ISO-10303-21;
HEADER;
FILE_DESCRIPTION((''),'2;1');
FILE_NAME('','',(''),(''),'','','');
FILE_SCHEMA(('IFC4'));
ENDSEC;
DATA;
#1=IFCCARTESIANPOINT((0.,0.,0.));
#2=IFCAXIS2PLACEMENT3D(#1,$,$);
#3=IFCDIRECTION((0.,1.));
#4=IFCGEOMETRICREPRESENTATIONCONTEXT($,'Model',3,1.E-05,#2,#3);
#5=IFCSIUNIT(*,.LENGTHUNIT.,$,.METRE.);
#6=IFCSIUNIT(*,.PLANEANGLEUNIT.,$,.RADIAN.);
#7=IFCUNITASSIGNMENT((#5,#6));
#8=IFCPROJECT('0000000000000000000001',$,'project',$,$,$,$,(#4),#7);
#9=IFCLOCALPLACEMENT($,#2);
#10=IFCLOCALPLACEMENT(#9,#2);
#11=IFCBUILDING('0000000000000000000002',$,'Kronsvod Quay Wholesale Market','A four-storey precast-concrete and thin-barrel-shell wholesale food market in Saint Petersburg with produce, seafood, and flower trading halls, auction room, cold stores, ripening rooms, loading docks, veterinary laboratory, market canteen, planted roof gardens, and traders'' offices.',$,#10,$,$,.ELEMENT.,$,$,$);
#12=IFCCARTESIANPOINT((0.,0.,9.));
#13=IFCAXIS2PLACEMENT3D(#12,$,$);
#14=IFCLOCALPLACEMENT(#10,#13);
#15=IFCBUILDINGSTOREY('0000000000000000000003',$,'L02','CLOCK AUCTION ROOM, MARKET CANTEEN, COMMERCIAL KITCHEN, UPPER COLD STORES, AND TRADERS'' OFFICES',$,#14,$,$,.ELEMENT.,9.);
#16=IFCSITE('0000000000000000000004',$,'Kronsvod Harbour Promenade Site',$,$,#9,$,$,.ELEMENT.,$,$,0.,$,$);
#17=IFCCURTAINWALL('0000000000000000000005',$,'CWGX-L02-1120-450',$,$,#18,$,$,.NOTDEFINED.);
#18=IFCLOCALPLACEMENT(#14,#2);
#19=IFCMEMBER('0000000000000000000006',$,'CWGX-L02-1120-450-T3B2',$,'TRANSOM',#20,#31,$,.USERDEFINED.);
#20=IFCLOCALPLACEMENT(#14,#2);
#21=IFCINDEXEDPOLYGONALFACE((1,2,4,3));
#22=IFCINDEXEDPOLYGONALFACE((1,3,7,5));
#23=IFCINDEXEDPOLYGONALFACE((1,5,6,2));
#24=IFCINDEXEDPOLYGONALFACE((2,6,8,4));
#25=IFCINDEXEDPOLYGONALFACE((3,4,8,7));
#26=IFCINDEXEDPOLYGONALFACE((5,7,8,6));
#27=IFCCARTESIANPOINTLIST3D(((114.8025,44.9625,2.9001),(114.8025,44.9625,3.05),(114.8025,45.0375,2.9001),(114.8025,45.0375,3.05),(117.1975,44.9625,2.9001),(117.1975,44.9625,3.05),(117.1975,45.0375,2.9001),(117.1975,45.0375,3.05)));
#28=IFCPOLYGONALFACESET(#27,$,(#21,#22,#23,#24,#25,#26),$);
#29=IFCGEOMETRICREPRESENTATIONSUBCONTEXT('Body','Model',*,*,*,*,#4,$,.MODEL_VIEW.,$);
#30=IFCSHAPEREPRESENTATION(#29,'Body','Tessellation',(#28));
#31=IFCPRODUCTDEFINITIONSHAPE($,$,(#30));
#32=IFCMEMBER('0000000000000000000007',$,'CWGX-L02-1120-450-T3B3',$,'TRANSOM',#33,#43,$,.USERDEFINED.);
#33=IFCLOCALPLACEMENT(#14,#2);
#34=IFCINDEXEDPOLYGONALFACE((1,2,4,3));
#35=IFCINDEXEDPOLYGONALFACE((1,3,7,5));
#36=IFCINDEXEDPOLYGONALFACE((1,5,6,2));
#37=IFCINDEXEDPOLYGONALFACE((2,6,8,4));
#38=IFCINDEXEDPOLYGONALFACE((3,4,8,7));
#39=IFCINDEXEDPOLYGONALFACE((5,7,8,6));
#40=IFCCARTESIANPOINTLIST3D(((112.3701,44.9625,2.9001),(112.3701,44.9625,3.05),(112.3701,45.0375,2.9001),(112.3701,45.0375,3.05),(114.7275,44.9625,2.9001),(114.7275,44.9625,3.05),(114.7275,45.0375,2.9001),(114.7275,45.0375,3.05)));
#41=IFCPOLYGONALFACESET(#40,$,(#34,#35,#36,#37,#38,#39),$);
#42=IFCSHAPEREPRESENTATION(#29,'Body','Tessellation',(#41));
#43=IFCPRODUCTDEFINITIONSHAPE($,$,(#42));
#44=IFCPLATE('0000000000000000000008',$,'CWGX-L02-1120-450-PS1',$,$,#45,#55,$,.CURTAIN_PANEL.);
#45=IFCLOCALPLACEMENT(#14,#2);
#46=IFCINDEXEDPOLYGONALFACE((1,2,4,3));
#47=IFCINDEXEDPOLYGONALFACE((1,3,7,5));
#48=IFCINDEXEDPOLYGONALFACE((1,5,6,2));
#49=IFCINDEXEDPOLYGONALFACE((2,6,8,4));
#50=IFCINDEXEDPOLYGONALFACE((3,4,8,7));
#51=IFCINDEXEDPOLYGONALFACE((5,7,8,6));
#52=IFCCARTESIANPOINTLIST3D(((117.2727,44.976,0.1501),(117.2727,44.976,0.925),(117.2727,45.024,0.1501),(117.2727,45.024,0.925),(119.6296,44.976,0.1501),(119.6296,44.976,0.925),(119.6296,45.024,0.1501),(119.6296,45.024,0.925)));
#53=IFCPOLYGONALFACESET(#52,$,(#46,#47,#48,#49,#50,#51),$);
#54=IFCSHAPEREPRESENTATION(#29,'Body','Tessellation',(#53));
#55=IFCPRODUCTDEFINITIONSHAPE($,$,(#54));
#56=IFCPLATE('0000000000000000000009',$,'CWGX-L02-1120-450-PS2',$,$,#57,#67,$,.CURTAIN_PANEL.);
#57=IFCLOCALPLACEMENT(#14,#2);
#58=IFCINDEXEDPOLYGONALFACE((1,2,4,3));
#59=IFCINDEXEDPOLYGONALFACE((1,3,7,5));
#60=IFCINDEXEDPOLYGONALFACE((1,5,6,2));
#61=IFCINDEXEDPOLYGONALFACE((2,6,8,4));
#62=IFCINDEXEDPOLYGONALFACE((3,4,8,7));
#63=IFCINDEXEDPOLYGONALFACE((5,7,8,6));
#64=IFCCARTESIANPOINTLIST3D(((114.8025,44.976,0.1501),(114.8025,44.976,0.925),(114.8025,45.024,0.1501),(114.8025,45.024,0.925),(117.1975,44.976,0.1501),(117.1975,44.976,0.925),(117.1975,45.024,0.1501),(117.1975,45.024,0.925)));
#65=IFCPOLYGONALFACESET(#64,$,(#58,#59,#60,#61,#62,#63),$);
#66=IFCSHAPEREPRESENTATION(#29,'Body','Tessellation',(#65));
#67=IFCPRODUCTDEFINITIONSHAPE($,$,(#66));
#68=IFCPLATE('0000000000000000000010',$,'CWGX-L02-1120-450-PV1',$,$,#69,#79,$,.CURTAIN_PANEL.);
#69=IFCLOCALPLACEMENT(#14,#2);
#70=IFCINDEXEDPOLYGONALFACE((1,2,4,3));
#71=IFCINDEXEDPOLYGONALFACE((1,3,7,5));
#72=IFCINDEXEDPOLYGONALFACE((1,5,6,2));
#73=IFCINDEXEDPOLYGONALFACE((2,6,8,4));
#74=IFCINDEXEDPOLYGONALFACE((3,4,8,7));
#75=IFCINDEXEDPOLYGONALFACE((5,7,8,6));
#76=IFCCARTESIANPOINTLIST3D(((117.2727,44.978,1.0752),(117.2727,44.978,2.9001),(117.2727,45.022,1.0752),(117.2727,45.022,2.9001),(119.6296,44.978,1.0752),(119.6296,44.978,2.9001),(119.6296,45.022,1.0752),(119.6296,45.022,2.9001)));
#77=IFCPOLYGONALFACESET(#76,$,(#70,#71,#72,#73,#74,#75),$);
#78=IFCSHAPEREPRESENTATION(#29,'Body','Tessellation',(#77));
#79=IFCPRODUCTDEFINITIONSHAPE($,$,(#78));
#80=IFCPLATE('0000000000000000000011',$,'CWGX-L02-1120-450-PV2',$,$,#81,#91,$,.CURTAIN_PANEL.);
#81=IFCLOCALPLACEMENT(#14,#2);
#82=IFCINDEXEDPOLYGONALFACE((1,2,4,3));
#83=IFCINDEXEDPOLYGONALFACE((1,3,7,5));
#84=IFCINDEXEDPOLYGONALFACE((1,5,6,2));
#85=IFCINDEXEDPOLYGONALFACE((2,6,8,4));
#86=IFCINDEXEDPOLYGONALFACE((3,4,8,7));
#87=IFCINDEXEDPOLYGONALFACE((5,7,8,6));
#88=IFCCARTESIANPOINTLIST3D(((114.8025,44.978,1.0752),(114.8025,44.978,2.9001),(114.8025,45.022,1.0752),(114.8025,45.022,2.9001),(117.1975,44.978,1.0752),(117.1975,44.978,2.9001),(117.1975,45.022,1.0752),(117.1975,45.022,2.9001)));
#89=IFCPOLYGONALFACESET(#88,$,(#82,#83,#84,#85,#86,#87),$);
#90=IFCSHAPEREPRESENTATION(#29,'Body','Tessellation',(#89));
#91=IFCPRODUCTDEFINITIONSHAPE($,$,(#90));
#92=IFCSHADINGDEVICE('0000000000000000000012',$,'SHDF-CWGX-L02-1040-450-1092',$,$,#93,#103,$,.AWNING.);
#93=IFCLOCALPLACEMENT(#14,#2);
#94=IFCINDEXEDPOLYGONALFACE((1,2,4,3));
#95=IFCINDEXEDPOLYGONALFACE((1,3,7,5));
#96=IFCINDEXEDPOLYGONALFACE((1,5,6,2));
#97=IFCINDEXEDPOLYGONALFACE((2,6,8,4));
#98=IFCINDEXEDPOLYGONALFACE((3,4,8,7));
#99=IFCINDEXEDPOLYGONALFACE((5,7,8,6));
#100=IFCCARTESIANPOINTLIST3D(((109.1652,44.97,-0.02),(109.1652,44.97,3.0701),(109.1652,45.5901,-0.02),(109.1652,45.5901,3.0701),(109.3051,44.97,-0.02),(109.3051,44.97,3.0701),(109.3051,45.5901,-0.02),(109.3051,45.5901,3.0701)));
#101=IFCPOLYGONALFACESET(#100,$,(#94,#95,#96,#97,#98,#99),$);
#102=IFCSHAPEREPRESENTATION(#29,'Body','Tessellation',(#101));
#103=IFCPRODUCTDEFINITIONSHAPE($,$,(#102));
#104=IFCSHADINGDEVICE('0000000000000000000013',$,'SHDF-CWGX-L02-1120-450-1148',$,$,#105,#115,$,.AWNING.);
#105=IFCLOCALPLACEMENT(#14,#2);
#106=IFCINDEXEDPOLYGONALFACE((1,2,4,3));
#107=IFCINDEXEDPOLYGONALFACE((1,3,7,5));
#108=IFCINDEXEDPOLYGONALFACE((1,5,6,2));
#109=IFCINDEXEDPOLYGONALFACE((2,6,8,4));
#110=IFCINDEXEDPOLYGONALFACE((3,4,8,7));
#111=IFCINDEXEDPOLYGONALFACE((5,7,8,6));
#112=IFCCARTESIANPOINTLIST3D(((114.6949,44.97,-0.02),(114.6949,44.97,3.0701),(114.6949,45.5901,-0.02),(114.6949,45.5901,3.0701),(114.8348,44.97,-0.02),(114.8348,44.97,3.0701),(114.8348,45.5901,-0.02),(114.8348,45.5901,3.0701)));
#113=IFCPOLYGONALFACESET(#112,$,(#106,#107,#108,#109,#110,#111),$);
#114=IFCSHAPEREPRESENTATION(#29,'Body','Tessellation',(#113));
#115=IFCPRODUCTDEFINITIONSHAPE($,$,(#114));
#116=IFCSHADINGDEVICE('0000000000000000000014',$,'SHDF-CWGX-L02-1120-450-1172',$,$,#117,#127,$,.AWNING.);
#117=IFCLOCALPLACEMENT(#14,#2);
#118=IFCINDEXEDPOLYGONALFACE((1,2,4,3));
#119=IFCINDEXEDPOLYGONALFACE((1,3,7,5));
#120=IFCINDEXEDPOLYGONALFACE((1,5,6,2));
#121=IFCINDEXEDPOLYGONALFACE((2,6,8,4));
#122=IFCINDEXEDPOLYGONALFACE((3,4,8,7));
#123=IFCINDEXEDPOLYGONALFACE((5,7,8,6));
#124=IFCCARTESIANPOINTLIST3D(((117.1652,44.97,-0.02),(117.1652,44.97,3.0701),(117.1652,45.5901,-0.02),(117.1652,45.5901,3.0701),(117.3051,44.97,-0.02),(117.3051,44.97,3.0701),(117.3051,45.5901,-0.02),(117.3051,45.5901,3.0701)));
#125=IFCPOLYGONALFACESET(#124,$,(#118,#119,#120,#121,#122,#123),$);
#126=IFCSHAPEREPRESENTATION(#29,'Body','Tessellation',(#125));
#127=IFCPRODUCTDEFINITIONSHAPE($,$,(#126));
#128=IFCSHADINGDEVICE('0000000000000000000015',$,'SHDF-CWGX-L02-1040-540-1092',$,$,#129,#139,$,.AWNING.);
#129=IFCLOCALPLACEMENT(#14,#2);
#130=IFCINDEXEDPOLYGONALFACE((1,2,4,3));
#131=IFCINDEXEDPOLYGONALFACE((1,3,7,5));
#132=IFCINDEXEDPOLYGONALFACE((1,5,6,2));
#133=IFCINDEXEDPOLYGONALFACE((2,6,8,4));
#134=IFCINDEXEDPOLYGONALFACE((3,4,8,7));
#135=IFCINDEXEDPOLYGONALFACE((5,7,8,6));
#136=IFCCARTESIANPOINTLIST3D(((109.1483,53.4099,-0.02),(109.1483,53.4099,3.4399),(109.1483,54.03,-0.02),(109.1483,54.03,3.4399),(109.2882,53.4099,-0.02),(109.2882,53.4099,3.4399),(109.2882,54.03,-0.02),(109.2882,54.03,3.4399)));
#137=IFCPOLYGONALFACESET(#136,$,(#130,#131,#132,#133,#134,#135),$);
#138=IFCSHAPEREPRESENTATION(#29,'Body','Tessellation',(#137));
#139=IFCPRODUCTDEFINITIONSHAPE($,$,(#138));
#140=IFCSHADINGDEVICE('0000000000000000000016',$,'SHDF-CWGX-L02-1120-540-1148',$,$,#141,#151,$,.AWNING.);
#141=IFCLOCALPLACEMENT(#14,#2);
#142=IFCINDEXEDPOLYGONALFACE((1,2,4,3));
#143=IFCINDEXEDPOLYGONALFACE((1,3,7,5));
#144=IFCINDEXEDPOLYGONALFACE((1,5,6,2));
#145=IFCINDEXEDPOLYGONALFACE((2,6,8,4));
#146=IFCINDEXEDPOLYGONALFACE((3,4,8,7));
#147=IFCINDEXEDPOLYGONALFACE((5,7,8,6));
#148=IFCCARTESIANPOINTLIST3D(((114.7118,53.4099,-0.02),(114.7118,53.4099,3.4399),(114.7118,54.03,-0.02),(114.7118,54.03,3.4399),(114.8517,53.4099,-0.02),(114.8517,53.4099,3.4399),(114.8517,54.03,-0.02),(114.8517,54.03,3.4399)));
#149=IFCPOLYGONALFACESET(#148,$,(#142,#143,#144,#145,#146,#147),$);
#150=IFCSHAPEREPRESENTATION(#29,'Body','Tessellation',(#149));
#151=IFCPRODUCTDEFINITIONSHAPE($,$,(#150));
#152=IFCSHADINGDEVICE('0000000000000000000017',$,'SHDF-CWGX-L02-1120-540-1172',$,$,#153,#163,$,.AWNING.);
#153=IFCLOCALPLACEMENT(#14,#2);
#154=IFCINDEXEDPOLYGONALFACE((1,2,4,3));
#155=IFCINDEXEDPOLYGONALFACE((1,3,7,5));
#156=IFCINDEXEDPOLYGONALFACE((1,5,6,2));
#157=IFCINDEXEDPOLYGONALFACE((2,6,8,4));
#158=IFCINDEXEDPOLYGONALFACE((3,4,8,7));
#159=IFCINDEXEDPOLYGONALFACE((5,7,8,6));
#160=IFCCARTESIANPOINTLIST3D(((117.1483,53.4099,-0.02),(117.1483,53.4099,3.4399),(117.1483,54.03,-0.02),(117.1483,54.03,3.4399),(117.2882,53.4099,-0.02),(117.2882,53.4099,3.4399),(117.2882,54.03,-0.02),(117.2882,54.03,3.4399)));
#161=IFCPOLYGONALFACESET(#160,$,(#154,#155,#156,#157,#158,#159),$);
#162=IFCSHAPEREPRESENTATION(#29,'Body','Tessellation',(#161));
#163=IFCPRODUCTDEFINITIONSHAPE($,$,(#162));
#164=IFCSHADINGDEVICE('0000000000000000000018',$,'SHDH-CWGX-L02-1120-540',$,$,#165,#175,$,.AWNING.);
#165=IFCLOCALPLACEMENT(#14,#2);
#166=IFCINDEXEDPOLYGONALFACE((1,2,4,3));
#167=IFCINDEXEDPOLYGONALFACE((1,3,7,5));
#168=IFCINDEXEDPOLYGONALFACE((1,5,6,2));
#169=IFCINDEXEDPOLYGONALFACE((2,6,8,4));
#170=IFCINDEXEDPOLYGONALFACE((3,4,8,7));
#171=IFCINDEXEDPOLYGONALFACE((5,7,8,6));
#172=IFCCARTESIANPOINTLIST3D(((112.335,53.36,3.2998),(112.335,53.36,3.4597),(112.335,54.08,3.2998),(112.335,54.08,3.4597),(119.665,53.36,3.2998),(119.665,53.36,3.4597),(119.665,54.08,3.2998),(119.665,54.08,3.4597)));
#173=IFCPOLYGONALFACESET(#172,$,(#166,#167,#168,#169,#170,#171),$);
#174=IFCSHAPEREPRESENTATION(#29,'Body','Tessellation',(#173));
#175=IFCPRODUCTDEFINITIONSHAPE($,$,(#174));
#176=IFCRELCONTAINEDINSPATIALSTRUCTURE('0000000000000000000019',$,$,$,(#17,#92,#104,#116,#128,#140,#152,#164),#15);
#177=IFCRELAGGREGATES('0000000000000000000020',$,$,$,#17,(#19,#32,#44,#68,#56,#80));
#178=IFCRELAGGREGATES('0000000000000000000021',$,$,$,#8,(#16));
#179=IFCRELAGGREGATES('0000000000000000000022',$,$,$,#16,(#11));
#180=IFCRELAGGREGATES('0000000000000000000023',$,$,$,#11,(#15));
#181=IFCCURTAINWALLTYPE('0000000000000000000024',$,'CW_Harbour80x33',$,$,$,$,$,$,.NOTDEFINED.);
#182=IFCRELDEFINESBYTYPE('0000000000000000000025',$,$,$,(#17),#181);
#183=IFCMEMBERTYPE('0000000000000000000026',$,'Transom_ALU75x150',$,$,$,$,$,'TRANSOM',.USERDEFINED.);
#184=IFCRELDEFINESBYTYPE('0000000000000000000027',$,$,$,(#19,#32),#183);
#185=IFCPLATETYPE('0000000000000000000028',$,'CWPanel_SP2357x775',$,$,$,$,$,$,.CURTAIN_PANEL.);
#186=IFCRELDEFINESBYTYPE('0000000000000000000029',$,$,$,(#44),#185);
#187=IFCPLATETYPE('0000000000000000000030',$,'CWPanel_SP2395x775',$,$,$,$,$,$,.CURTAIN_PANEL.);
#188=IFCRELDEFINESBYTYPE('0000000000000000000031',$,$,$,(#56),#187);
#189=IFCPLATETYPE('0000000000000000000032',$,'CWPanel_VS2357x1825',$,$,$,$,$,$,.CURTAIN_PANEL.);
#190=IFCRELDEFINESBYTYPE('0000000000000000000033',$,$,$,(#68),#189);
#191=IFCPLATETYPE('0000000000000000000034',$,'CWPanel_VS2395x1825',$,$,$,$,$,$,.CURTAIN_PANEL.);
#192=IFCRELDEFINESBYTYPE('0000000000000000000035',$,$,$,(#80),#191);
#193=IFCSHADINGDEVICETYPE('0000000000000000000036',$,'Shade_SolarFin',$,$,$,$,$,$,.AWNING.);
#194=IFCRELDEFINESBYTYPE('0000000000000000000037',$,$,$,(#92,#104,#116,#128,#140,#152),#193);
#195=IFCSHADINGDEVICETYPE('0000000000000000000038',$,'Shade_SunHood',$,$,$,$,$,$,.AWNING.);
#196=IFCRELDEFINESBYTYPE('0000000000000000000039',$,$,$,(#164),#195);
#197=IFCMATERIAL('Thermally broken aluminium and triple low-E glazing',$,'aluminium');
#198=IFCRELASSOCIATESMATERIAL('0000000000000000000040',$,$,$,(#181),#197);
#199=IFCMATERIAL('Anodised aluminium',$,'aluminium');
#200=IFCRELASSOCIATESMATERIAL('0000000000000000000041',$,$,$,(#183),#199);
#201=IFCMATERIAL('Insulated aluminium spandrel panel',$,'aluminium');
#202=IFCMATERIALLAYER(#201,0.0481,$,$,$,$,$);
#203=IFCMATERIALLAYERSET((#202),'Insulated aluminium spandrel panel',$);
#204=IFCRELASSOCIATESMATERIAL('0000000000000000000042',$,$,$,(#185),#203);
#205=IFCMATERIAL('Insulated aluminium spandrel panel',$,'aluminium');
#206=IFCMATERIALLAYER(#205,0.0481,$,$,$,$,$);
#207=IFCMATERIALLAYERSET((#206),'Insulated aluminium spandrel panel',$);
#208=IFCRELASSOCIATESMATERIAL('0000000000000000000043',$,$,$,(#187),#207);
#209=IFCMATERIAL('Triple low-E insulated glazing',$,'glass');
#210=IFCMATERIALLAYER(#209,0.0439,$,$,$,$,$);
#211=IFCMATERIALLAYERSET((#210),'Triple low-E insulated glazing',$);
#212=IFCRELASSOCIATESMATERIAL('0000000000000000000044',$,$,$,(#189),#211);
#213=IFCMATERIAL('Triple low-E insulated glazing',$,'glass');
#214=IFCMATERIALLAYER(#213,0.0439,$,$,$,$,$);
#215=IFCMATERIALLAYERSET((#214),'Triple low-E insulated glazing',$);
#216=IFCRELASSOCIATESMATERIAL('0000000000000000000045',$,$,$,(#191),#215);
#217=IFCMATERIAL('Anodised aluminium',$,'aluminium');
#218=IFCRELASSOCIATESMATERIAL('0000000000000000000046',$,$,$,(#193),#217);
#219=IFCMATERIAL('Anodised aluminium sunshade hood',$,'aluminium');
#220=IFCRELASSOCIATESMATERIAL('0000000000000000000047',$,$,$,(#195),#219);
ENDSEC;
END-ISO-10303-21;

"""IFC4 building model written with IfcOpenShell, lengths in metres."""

from ifc_helpers import new_model, si_unit, direction, frame, origin, origin_2d, place, context, subcontext, project, spatial, rectangle, extrude, material, layer, layer_set, material_profile, profile_set, type_object, element, aggregate, save


model = new_model("IFC4")

# Units and contexts
model_context = context("Model", 3, precision=1e-05, world=origin(), true_north=direction((0.0, 1.0)))
body_context = subcontext(model_context, "Body", "Model", "MODEL_VIEW")
ifc_project = project(units=[si_unit("LENGTHUNIT", "METRE"), si_unit("PLANEANGLEUNIT", "RADIAN")], contexts=[model_context])

# Site, building, storey
site_placement = place(None, origin())
site = spatial("IfcSite", under=ifc_project, at=site_placement, Name="Kronsvod Harbour Promenade Site", CompositionType="ELEMENT", RefElevation=0.0)
building_placement = place(site_placement, origin())
building = spatial("IfcBuilding", under=site, at=building_placement, Name="Kronsvod Quay Wholesale Market", Description="A four-storey precast-concrete and thin-barrel-shell wholesale food market in Saint Petersburg with produce, seafood, and flower trading halls, auction room, cold stores, ripening rooms, loading docks, veterinary laboratory, market canteen, planted roof gardens, and traders' offices.", CompositionType="ELEMENT")
storey_placement = place(building_placement, frame((0.0, 0.0, 9.0)))
storey = spatial("IfcBuildingStorey", under=building, at=storey_placement, Name="L02", Description="CLOCK AUCTION ROOM, MARKET CANTEEN, COMMERCIAL KITCHEN, UPPER COLD STORES, AND TRADERS' OFFICES", CompositionType="ELEMENT", Elevation=9.0)

# Curtain wall, members, plates
ifc_material_1 = material(Name="Thermally broken aluminium and triple low-E glazing", Category="aluminium")
curtain_wall_type = type_object("IfcCurtainWallType", Name="CW_Harbour80x33", PredefinedType="NOTDEFINED", material=ifc_material_1)
curtain_wall_placement = place(storey_placement, origin())
curtain_wall = element("IfcCurtainWall", 1, at=curtain_wall_placement, inside=storey, type_object=curtain_wall_type, Name="CWGX-L02-1120-450", PredefinedType="NOTDEFINED")
ifc_material_2 = material(Name="Anodised aluminium", Category="aluminium")
ifc_material_profile_1 = material_profile(ifc_material_2, rectangle(XDim=0.075, YDim=0.1499, at=origin_2d()), Name="ALUT75x150")
ifc_profile_set_1 = profile_set([ifc_material_profile_1], Name="Anodised aluminium")
member_type_1 = type_object("IfcMemberType", Name="Transom_ALU75x150", ElementType="TRANSOM", PredefinedType="USERDEFINED", material=ifc_profile_set_1)
member_1_placement = place(storey_placement, frame((117.1975, 45.0, 2.9751), z_axis=(-1.0, 0.0, 0.0), x_axis=(0.0, -1.0, 0.0)))
member_1 = element("IfcMember", 2, at=member_1_placement, type_object=member_type_1, Name="CWGX-L02-1120-450-T3B2", ObjectType="TRANSOM", PredefinedType="USERDEFINED", context=body_context, shape_type="SweptSolid", body=[
    extrude(rectangle(XDim=0.075, YDim=0.1499, at=origin_2d()), origin(), (0.0, 0.0, 1.0), 2.395),
])
member_2_placement = place(storey_placement, frame((114.7275, 45.0, 2.9751), z_axis=(-1.0, 0.0, 0.0), x_axis=(0.0, -1.0, 0.0)))
member_2 = element("IfcMember", 3, at=member_2_placement, type_object=member_type_1, Name="CWGX-L02-1120-450-T3B3", ObjectType="TRANSOM", PredefinedType="USERDEFINED", context=body_context, shape_type="SweptSolid", body=[
    extrude(rectangle(XDim=0.075, YDim=0.1499, at=origin_2d()), origin(), (0.0, 0.0, 1.0), 2.3574),
])
ifc_material_3 = material(Name="Insulated aluminium spandrel panel", Category="aluminium")
ifc_layer_1 = layer(ifc_material_3, 0.0481)
ifc_layer_set_1 = layer_set([ifc_layer_1], Name="Insulated aluminium spandrel panel")
plate_type_1 = type_object("IfcPlateType", Name="CWPanel_SP2357x775", PredefinedType="CURTAIN_PANEL", material=ifc_layer_set_1)
plate_1_placement = place(storey_placement, frame((118.4512, 45.0, 0.1501), z_axis=(0.0, 0.0, 1.0), x_axis=(-1.0, 0.0, 0.0)))
plate_1 = element("IfcPlate", 4, at=plate_1_placement, type_object=plate_type_1, Name="CWGX-L02-1120-450-PS1", PredefinedType="CURTAIN_PANEL", context=body_context, shape_type="SweptSolid", body=[
    extrude(rectangle(XDim=2.3569, YDim=0.0481, at=origin_2d()), origin(), (0.0, 0.0, 1.0), 0.7749),
])
ifc_material_4 = material(Name="Insulated aluminium spandrel panel", Category="aluminium")
ifc_layer_2 = layer(ifc_material_4, 0.0481)
ifc_layer_set_2 = layer_set([ifc_layer_2], Name="Insulated aluminium spandrel panel")
plate_type_2 = type_object("IfcPlateType", Name="CWPanel_SP2395x775", PredefinedType="CURTAIN_PANEL", material=ifc_layer_set_2)
plate_2_placement = place(storey_placement, frame((116.0, 45.0, 0.1501), z_axis=(0.0, 0.0, 1.0), x_axis=(-1.0, 0.0, 0.0)))
plate_2 = element("IfcPlate", 5, at=plate_2_placement, type_object=plate_type_2, Name="CWGX-L02-1120-450-PS2", PredefinedType="CURTAIN_PANEL", context=body_context, shape_type="SweptSolid", body=[
    extrude(rectangle(XDim=2.395, YDim=0.0481, at=origin_2d()), origin(), (0.0, 0.0, 1.0), 0.7749),
])
ifc_material_5 = material(Name="Triple low-E insulated glazing", Category="glass")
ifc_layer_3 = layer(ifc_material_5, 0.0439)
ifc_layer_set_3 = layer_set([ifc_layer_3], Name="Triple low-E insulated glazing")
plate_type_3 = type_object("IfcPlateType", Name="CWPanel_VS2357x1825", PredefinedType="CURTAIN_PANEL", material=ifc_layer_set_3)
plate_3_placement = place(storey_placement, frame((118.4512, 45.0, 1.0752), z_axis=(0.0, 0.0, 1.0), x_axis=(-1.0, 0.0, 0.0)))
plate_3 = element("IfcPlate", 6, at=plate_3_placement, type_object=plate_type_3, Name="CWGX-L02-1120-450-PV1", PredefinedType="CURTAIN_PANEL", context=body_context, shape_type="SweptSolid", body=[
    extrude(rectangle(XDim=2.3569, YDim=0.0439, at=origin_2d()), origin(), (0.0, 0.0, 1.0), 1.825),
])
ifc_material_6 = material(Name="Triple low-E insulated glazing", Category="glass")
ifc_layer_4 = layer(ifc_material_6, 0.0439)
ifc_layer_set_4 = layer_set([ifc_layer_4], Name="Triple low-E insulated glazing")
plate_type_4 = type_object("IfcPlateType", Name="CWPanel_VS2395x1825", PredefinedType="CURTAIN_PANEL", material=ifc_layer_set_4)
plate_4_placement = place(storey_placement, frame((116.0, 45.0, 1.0752), z_axis=(0.0, 0.0, 1.0), x_axis=(-1.0, 0.0, 0.0)))
plate_4 = element("IfcPlate", 7, at=plate_4_placement, type_object=plate_type_4, Name="CWGX-L02-1120-450-PV2", PredefinedType="CURTAIN_PANEL", context=body_context, shape_type="SweptSolid", body=[
    extrude(rectangle(XDim=2.395, YDim=0.0439, at=origin_2d()), origin(), (0.0, 0.0, 1.0), 1.825),
])
aggregate(curtain_wall, [member_1, member_2, plate_1, plate_3, plate_2, plate_4])

# Shading devices
ifc_material_7 = material(Name="Anodised aluminium", Category="aluminium")
shading_device_type_1 = type_object("IfcShadingDeviceType", Name="Shade_SolarFin", PredefinedType="AWNING", material=ifc_material_7)
for number, where, z_axis, x_axis, name in (
    (8, (109.2351, 45.28, -0.02), (0.0, 0.0, 1.0), (1.0, 0.0, 0.0), "SHDF-CWGX-L02-1040-450-1092"),
    (9, (114.7649, 45.28, -0.02), (0.0, 0.0, 1.0), (1.0, 0.0, 0.0), "SHDF-CWGX-L02-1120-450-1148"),
    (10, (117.2351, 45.28, -0.02), (0.0, 0.0, 1.0), (1.0, 0.0, 0.0), "SHDF-CWGX-L02-1120-450-1172"),
):
    element("IfcShadingDevice", number, at=place(storey_placement, frame(where, z_axis=z_axis, x_axis=x_axis)), inside=storey, type_object=shading_device_type_1, Name=name, PredefinedType="AWNING", context=body_context, shape_type="SweptSolid", body=[
        extrude(rectangle(XDim=0.1399, YDim=0.6201, at=origin_2d()), origin(), (0.0, 0.0, 1.0), 3.0901),
    ])
for number, where, z_axis, x_axis, name in (
    (11, (109.2183, 53.72, -0.02), (0.0, 0.0, 1.0), (1.0, 0.0, 0.0), "SHDF-CWGX-L02-1040-540-1092"),
    (12, (114.7817, 53.72, -0.02), (0.0, 0.0, 1.0), (1.0, 0.0, 0.0), "SHDF-CWGX-L02-1120-540-1148"),
    (13, (117.2183, 53.72, -0.02), (0.0, 0.0, 1.0), (1.0, 0.0, 0.0), "SHDF-CWGX-L02-1120-540-1172"),
):
    element("IfcShadingDevice", number, at=place(storey_placement, frame(where, z_axis=z_axis, x_axis=x_axis)), inside=storey, type_object=shading_device_type_1, Name=name, PredefinedType="AWNING", context=body_context, shape_type="SweptSolid", body=[
        extrude(rectangle(XDim=0.1399, YDim=0.6201, at=origin_2d()), origin(), (0.0, 0.0, 1.0), 3.46),
    ])
ifc_material_8 = material(Name="Anodised aluminium sunshade hood", Category="aluminium")
shading_device_type_2 = type_object("IfcShadingDeviceType", Name="Shade_SunHood", PredefinedType="AWNING", material=ifc_material_8)
shading_device_placement = place(storey_placement, frame((116.0, 53.72, 3.2998), z_axis=(0.0, 0.0, 1.0), x_axis=(1.0, 0.0, 0.0)))
element("IfcShadingDevice", 14, at=shading_device_placement, inside=storey, type_object=shading_device_type_2, Name="SHDH-CWGX-L02-1120-540", PredefinedType="AWNING", context=body_context, shape_type="SweptSolid", body=[
    extrude(rectangle(XDim=7.3301, YDim=0.72, at=origin_2d()), origin(), (0.0, 0.0, 1.0), 0.1599),
])

save(model, "model.ifc")
